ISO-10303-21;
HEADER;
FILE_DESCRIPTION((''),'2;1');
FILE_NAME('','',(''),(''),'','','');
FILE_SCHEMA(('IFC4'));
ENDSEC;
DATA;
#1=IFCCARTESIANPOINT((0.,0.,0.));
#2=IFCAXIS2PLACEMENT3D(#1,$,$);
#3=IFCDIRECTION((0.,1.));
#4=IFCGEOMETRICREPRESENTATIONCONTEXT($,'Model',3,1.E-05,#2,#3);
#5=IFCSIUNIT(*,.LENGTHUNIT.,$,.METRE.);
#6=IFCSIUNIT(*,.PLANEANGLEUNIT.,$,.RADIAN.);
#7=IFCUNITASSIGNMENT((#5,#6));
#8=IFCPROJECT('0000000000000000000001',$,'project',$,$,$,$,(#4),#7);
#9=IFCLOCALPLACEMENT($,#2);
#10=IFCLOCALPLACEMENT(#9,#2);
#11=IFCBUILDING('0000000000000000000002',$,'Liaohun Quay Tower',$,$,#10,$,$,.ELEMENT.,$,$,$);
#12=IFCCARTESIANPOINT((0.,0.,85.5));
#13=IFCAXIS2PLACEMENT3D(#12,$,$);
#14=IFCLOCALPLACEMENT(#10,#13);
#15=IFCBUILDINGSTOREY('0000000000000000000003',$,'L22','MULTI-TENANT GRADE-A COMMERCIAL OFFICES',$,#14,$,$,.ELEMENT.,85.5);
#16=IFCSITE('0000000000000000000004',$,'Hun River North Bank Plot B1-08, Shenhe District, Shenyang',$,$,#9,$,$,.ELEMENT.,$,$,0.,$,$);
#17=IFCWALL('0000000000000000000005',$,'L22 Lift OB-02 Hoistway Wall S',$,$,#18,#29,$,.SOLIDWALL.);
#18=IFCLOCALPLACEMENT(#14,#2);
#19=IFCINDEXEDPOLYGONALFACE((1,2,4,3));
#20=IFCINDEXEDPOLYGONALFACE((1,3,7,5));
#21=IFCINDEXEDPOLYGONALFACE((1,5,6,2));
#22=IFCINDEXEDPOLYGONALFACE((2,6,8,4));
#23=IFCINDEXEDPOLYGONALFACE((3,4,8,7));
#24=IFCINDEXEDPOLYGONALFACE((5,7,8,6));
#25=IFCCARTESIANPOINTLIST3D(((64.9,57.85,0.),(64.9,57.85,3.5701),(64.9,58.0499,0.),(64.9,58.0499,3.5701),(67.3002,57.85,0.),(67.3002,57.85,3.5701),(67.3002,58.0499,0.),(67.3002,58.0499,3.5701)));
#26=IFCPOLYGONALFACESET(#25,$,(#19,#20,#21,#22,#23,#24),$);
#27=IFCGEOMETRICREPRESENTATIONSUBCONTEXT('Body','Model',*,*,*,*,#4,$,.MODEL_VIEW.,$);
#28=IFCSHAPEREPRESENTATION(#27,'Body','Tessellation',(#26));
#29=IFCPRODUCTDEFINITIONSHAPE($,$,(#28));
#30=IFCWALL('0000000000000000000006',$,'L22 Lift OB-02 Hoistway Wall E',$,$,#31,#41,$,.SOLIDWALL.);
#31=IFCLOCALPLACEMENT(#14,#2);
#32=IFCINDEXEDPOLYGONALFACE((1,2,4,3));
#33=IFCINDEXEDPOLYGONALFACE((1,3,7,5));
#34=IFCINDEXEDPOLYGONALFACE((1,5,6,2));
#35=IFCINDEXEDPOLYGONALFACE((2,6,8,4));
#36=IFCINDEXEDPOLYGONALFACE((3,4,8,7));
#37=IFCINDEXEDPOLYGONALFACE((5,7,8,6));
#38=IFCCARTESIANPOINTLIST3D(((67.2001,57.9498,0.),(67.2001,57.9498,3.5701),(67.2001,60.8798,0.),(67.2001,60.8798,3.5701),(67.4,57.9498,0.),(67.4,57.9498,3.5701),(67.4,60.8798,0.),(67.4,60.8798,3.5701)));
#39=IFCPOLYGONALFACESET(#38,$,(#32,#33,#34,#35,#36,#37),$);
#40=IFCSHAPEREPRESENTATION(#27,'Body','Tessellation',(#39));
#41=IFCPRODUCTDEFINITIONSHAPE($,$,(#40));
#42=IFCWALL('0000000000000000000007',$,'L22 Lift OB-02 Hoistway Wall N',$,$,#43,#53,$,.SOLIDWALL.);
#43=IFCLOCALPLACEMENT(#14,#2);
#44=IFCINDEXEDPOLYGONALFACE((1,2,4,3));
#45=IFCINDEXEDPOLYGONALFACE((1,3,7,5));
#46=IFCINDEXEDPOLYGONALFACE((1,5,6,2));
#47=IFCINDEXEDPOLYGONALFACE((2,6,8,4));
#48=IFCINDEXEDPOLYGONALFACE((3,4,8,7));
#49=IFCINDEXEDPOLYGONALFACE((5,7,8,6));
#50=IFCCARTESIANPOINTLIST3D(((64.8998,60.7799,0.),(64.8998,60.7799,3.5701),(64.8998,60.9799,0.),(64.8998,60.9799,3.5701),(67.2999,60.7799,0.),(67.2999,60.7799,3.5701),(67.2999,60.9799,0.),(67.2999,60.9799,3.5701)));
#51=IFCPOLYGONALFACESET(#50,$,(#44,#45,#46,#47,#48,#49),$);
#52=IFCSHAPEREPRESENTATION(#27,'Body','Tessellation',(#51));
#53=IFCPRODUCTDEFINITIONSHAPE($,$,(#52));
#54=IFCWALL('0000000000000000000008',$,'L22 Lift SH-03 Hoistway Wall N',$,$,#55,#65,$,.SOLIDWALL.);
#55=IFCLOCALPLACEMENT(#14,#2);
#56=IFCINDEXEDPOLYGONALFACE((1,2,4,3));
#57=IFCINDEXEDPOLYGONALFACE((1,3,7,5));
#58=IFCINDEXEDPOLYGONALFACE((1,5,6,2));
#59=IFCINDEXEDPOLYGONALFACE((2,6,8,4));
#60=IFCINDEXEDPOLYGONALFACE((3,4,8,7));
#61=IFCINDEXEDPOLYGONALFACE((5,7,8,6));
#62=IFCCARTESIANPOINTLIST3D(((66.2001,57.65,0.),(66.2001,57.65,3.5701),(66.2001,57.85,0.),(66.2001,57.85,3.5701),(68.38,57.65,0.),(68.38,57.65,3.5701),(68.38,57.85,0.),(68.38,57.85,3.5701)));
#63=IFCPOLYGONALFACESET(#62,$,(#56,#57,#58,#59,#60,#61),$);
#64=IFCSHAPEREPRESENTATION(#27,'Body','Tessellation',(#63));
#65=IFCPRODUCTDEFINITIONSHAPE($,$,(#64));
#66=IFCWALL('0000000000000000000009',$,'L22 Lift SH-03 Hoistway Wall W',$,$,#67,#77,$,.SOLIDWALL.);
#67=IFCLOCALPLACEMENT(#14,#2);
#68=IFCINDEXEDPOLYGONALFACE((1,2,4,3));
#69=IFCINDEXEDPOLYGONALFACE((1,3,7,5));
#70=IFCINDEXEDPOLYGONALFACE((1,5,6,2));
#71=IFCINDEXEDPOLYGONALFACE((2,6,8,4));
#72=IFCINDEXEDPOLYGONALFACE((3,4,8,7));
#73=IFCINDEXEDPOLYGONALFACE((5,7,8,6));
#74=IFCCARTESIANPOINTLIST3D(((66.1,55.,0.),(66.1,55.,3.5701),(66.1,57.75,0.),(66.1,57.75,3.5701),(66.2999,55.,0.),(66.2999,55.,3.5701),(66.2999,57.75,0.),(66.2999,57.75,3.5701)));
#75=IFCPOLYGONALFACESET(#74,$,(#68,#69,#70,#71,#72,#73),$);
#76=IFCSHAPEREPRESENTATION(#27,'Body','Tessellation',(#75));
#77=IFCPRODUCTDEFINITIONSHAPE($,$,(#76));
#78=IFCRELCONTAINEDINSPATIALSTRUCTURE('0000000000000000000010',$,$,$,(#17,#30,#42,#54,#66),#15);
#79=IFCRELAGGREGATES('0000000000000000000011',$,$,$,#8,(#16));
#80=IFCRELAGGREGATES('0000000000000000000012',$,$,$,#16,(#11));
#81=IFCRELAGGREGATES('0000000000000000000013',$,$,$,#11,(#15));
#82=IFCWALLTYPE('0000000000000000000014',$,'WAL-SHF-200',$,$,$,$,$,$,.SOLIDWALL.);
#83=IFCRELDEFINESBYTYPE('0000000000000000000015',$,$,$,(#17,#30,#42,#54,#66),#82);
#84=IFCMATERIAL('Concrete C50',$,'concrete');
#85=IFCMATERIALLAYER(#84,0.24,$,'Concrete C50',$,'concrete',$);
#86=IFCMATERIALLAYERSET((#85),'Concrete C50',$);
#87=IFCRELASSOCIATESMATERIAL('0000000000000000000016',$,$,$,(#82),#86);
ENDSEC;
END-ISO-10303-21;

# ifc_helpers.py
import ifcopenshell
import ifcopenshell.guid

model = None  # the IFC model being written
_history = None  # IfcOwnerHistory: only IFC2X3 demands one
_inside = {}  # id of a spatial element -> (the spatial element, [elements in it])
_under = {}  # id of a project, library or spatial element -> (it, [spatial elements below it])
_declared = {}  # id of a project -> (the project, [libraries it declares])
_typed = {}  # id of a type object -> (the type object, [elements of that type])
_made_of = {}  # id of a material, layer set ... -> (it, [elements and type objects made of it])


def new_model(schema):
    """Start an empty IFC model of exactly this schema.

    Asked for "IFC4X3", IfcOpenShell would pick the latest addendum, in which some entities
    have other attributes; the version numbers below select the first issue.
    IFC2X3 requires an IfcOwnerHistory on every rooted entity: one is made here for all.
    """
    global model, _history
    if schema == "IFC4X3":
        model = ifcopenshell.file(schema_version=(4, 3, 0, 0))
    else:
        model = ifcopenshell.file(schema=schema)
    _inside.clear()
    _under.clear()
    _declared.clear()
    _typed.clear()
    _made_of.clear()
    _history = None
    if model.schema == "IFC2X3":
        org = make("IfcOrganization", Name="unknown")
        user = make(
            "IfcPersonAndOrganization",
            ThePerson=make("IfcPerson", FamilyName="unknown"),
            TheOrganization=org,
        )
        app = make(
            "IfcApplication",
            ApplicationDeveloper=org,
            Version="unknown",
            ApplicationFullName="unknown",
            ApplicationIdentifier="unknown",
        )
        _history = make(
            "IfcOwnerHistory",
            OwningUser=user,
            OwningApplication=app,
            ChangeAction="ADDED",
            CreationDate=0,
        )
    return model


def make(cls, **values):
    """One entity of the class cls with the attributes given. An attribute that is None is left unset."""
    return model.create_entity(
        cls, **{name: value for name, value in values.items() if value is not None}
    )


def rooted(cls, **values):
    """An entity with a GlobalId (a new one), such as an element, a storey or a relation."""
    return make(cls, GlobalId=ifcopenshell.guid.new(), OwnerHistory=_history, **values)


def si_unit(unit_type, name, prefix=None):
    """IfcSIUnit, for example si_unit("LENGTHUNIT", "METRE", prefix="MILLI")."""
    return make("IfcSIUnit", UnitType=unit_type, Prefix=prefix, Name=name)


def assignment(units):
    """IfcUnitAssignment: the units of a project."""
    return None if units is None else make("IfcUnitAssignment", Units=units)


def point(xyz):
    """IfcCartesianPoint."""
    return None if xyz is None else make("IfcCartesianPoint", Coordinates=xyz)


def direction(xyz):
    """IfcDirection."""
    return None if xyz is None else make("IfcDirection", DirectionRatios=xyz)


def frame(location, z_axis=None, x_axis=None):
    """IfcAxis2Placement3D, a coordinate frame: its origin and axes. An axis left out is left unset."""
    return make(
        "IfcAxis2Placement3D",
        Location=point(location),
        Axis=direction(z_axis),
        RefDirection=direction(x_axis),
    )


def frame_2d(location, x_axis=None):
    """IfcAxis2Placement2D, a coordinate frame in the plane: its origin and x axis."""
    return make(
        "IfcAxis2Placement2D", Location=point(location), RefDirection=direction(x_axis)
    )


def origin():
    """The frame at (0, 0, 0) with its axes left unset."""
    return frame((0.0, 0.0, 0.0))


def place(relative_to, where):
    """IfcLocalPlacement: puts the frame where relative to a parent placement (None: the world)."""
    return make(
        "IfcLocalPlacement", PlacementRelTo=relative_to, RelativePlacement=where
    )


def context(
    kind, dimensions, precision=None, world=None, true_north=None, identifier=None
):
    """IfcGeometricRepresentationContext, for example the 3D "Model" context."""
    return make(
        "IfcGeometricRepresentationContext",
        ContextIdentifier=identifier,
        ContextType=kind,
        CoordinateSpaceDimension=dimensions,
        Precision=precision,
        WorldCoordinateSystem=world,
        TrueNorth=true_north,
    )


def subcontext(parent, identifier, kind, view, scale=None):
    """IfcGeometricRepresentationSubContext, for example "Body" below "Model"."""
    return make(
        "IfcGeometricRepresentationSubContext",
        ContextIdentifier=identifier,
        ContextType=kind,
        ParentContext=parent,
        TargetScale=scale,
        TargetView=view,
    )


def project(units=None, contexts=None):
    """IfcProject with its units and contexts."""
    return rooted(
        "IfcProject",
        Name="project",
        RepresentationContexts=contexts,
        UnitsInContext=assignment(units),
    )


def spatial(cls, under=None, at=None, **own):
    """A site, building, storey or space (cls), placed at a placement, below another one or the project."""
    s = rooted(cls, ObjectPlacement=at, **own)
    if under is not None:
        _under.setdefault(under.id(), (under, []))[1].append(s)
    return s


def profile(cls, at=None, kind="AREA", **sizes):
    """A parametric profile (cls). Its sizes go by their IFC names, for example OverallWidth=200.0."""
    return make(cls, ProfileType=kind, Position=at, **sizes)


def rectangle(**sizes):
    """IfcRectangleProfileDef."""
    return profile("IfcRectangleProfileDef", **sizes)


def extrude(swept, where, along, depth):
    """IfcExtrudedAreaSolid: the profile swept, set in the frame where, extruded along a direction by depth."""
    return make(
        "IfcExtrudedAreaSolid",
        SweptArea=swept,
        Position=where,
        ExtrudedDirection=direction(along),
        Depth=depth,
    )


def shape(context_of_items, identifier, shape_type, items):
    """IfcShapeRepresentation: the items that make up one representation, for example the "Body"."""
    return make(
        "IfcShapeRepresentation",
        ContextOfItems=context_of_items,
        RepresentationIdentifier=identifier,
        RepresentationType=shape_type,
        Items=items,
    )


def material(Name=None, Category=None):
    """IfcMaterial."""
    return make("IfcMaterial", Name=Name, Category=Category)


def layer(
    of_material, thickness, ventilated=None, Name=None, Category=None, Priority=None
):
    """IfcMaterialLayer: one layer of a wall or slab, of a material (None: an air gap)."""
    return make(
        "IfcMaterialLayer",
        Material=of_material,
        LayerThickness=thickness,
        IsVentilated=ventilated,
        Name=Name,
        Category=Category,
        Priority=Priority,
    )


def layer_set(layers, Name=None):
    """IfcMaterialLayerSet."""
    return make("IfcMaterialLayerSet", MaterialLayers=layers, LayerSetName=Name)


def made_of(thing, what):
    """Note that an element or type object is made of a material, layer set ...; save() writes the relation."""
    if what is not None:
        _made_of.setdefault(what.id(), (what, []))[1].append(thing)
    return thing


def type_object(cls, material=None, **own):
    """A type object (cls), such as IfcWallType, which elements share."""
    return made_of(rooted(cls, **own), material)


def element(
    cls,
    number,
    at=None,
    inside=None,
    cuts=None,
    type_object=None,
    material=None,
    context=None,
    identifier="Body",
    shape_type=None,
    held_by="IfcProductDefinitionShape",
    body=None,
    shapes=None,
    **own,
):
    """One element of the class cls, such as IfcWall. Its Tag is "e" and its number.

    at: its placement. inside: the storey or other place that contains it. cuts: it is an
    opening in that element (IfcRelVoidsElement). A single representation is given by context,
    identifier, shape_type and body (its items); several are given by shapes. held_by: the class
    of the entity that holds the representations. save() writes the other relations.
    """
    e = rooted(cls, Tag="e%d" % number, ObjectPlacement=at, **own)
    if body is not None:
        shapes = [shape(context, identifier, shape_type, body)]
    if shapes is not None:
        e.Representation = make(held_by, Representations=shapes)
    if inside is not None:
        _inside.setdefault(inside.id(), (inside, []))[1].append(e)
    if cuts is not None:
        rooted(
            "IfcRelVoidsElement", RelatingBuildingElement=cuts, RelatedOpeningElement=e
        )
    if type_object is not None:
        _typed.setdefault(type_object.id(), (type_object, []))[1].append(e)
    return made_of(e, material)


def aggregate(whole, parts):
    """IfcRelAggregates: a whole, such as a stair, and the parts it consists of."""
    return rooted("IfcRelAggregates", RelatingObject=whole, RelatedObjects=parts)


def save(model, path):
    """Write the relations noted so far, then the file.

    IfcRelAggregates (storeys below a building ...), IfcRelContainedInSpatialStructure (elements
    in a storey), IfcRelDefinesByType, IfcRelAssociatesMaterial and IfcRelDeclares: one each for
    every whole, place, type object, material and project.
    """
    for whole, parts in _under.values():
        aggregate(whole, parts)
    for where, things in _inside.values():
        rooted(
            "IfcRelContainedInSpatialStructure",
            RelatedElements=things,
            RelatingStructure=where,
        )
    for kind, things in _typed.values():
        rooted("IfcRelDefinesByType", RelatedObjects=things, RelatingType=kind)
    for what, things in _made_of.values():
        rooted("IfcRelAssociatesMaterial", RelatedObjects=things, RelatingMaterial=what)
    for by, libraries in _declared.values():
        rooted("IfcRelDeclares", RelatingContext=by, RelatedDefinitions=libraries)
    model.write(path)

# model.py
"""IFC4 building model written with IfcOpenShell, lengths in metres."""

from ifc_helpers import new_model, si_unit, direction, frame, frame_2d, origin, place, context, subcontext, project, spatial, rectangle, extrude, material, layer, layer_set, type_object, element, save


model = new_model("IFC4")

# Units and contexts
model_context = context("Model", 3, precision=1e-05, world=origin(), true_north=direction((0.0, 1.0)))
body_context = subcontext(model_context, "Body", "Model", "MODEL_VIEW")
ifc_project = project(units=[si_unit("LENGTHUNIT", "METRE"), si_unit("PLANEANGLEUNIT", "RADIAN")], contexts=[model_context])

# Site, building, storey
site_placement = place(None, origin())
site = spatial("IfcSite", under=ifc_project, at=site_placement, Name="Hun River North Bank Plot B1-08, Shenhe District, Shenyang", CompositionType="ELEMENT", RefElevation=0.0)
building_placement = place(site_placement, origin())
building = spatial("IfcBuilding", under=site, at=building_placement, Name="Liaohun Quay Tower", CompositionType="ELEMENT")
storey_placement = place(building_placement, frame((0.0, 0.0, 85.5)))
storey = spatial("IfcBuildingStorey", under=building, at=storey_placement, Name="L22", Description="MULTI-TENANT GRADE-A COMMERCIAL OFFICES", CompositionType="ELEMENT", Elevation=85.5)

# Walls
ifc_material_1 = material(Name="Concrete C50", Category="concrete")
ifc_layer_1 = layer(ifc_material_1, 0.24, Name="Concrete C50", Category="concrete")
ifc_layer_set_1 = layer_set([ifc_layer_1], Name="Concrete C50")
wall_type_1 = type_object("IfcWallType", Name="WAL-SHF-200", PredefinedType="SOLIDWALL", material=ifc_layer_set_1)
wall_1_placement = place(storey_placement, frame((64.8999, 57.95, 0.0), z_axis=(0.0, 0.0, 1.0), x_axis=(1.0, 0.0, 0.0)))
element("IfcWall", 1, at=wall_1_placement, inside=storey, type_object=wall_type_1, Name="L22 Lift OB-02 Hoistway Wall S", PredefinedType="SOLIDWALL", context=body_context, shape_type="SweptSolid", body=[
    extrude(rectangle(XDim=2.4001, YDim=0.2, at=frame_2d((1.2002, 0.0))), origin(), (0.0, 0.0, 1.0), 3.5701),
])
wall_2_placement = place(storey_placement, frame((67.3, 57.95, 0.0), z_axis=(0.0, 0.0, 1.0), x_axis=(0.0, 1.0, 0.0)))
element("IfcWall", 2, at=wall_2_placement, inside=storey, type_object=wall_type_1, Name="L22 Lift OB-02 Hoistway Wall E", PredefinedType="SOLIDWALL", context=body_context, shape_type="SweptSolid", body=[
    extrude(rectangle(XDim=2.9299, YDim=0.2, at=frame_2d((1.4648, 0.0))), origin(), (0.0, 0.0, 1.0), 3.5701),
])
wall_3_placement = place(storey_placement, frame((67.3, 60.8799, 0.0), z_axis=(0.0, 0.0, 1.0), x_axis=(-1.0, 0.0, 0.0)))
element("IfcWall", 3, at=wall_3_placement, inside=storey, type_object=wall_type_1, Name="L22 Lift OB-02 Hoistway Wall N", PredefinedType="SOLIDWALL", context=body_context, shape_type="SweptSolid", body=[
    extrude(rectangle(XDim=2.4001, YDim=0.2, at=frame_2d((1.2002, 0.0))), origin(), (0.0, 0.0, 1.0), 3.5701),
])
wall_4_placement = place(storey_placement, frame((68.3799, 57.75, 0.0), z_axis=(0.0, 0.0, 1.0), x_axis=(-1.0, 0.0, 0.0)))
element("IfcWall", 4, at=wall_4_placement, inside=storey, type_object=wall_type_1, Name="L22 Lift SH-03 Hoistway Wall N", PredefinedType="SOLIDWALL", context=body_context, shape_type="SweptSolid", body=[
    extrude(rectangle(XDim=2.1799, YDim=0.2, at=frame_2d((1.0898, 0.0))), origin(), (0.0, 0.0, 1.0), 3.5701),
])
wall_5_placement = place(storey_placement, frame((66.2, 57.75, 0.0), z_axis=(0.0, 0.0, 1.0), x_axis=(0.0, -1.0, 0.0)))
element("IfcWall", 5, at=wall_5_placement, inside=storey, type_object=wall_type_1, Name="L22 Lift SH-03 Hoistway Wall W", PredefinedType="SOLIDWALL", context=body_context, shape_type="SweptSolid", body=[
    extrude(rectangle(XDim=2.75, YDim=0.2, at=frame_2d((1.375, 0.0))), origin(), (0.0, 0.0, 1.0), 3.5701),
])

save(model, "model.ifc")
